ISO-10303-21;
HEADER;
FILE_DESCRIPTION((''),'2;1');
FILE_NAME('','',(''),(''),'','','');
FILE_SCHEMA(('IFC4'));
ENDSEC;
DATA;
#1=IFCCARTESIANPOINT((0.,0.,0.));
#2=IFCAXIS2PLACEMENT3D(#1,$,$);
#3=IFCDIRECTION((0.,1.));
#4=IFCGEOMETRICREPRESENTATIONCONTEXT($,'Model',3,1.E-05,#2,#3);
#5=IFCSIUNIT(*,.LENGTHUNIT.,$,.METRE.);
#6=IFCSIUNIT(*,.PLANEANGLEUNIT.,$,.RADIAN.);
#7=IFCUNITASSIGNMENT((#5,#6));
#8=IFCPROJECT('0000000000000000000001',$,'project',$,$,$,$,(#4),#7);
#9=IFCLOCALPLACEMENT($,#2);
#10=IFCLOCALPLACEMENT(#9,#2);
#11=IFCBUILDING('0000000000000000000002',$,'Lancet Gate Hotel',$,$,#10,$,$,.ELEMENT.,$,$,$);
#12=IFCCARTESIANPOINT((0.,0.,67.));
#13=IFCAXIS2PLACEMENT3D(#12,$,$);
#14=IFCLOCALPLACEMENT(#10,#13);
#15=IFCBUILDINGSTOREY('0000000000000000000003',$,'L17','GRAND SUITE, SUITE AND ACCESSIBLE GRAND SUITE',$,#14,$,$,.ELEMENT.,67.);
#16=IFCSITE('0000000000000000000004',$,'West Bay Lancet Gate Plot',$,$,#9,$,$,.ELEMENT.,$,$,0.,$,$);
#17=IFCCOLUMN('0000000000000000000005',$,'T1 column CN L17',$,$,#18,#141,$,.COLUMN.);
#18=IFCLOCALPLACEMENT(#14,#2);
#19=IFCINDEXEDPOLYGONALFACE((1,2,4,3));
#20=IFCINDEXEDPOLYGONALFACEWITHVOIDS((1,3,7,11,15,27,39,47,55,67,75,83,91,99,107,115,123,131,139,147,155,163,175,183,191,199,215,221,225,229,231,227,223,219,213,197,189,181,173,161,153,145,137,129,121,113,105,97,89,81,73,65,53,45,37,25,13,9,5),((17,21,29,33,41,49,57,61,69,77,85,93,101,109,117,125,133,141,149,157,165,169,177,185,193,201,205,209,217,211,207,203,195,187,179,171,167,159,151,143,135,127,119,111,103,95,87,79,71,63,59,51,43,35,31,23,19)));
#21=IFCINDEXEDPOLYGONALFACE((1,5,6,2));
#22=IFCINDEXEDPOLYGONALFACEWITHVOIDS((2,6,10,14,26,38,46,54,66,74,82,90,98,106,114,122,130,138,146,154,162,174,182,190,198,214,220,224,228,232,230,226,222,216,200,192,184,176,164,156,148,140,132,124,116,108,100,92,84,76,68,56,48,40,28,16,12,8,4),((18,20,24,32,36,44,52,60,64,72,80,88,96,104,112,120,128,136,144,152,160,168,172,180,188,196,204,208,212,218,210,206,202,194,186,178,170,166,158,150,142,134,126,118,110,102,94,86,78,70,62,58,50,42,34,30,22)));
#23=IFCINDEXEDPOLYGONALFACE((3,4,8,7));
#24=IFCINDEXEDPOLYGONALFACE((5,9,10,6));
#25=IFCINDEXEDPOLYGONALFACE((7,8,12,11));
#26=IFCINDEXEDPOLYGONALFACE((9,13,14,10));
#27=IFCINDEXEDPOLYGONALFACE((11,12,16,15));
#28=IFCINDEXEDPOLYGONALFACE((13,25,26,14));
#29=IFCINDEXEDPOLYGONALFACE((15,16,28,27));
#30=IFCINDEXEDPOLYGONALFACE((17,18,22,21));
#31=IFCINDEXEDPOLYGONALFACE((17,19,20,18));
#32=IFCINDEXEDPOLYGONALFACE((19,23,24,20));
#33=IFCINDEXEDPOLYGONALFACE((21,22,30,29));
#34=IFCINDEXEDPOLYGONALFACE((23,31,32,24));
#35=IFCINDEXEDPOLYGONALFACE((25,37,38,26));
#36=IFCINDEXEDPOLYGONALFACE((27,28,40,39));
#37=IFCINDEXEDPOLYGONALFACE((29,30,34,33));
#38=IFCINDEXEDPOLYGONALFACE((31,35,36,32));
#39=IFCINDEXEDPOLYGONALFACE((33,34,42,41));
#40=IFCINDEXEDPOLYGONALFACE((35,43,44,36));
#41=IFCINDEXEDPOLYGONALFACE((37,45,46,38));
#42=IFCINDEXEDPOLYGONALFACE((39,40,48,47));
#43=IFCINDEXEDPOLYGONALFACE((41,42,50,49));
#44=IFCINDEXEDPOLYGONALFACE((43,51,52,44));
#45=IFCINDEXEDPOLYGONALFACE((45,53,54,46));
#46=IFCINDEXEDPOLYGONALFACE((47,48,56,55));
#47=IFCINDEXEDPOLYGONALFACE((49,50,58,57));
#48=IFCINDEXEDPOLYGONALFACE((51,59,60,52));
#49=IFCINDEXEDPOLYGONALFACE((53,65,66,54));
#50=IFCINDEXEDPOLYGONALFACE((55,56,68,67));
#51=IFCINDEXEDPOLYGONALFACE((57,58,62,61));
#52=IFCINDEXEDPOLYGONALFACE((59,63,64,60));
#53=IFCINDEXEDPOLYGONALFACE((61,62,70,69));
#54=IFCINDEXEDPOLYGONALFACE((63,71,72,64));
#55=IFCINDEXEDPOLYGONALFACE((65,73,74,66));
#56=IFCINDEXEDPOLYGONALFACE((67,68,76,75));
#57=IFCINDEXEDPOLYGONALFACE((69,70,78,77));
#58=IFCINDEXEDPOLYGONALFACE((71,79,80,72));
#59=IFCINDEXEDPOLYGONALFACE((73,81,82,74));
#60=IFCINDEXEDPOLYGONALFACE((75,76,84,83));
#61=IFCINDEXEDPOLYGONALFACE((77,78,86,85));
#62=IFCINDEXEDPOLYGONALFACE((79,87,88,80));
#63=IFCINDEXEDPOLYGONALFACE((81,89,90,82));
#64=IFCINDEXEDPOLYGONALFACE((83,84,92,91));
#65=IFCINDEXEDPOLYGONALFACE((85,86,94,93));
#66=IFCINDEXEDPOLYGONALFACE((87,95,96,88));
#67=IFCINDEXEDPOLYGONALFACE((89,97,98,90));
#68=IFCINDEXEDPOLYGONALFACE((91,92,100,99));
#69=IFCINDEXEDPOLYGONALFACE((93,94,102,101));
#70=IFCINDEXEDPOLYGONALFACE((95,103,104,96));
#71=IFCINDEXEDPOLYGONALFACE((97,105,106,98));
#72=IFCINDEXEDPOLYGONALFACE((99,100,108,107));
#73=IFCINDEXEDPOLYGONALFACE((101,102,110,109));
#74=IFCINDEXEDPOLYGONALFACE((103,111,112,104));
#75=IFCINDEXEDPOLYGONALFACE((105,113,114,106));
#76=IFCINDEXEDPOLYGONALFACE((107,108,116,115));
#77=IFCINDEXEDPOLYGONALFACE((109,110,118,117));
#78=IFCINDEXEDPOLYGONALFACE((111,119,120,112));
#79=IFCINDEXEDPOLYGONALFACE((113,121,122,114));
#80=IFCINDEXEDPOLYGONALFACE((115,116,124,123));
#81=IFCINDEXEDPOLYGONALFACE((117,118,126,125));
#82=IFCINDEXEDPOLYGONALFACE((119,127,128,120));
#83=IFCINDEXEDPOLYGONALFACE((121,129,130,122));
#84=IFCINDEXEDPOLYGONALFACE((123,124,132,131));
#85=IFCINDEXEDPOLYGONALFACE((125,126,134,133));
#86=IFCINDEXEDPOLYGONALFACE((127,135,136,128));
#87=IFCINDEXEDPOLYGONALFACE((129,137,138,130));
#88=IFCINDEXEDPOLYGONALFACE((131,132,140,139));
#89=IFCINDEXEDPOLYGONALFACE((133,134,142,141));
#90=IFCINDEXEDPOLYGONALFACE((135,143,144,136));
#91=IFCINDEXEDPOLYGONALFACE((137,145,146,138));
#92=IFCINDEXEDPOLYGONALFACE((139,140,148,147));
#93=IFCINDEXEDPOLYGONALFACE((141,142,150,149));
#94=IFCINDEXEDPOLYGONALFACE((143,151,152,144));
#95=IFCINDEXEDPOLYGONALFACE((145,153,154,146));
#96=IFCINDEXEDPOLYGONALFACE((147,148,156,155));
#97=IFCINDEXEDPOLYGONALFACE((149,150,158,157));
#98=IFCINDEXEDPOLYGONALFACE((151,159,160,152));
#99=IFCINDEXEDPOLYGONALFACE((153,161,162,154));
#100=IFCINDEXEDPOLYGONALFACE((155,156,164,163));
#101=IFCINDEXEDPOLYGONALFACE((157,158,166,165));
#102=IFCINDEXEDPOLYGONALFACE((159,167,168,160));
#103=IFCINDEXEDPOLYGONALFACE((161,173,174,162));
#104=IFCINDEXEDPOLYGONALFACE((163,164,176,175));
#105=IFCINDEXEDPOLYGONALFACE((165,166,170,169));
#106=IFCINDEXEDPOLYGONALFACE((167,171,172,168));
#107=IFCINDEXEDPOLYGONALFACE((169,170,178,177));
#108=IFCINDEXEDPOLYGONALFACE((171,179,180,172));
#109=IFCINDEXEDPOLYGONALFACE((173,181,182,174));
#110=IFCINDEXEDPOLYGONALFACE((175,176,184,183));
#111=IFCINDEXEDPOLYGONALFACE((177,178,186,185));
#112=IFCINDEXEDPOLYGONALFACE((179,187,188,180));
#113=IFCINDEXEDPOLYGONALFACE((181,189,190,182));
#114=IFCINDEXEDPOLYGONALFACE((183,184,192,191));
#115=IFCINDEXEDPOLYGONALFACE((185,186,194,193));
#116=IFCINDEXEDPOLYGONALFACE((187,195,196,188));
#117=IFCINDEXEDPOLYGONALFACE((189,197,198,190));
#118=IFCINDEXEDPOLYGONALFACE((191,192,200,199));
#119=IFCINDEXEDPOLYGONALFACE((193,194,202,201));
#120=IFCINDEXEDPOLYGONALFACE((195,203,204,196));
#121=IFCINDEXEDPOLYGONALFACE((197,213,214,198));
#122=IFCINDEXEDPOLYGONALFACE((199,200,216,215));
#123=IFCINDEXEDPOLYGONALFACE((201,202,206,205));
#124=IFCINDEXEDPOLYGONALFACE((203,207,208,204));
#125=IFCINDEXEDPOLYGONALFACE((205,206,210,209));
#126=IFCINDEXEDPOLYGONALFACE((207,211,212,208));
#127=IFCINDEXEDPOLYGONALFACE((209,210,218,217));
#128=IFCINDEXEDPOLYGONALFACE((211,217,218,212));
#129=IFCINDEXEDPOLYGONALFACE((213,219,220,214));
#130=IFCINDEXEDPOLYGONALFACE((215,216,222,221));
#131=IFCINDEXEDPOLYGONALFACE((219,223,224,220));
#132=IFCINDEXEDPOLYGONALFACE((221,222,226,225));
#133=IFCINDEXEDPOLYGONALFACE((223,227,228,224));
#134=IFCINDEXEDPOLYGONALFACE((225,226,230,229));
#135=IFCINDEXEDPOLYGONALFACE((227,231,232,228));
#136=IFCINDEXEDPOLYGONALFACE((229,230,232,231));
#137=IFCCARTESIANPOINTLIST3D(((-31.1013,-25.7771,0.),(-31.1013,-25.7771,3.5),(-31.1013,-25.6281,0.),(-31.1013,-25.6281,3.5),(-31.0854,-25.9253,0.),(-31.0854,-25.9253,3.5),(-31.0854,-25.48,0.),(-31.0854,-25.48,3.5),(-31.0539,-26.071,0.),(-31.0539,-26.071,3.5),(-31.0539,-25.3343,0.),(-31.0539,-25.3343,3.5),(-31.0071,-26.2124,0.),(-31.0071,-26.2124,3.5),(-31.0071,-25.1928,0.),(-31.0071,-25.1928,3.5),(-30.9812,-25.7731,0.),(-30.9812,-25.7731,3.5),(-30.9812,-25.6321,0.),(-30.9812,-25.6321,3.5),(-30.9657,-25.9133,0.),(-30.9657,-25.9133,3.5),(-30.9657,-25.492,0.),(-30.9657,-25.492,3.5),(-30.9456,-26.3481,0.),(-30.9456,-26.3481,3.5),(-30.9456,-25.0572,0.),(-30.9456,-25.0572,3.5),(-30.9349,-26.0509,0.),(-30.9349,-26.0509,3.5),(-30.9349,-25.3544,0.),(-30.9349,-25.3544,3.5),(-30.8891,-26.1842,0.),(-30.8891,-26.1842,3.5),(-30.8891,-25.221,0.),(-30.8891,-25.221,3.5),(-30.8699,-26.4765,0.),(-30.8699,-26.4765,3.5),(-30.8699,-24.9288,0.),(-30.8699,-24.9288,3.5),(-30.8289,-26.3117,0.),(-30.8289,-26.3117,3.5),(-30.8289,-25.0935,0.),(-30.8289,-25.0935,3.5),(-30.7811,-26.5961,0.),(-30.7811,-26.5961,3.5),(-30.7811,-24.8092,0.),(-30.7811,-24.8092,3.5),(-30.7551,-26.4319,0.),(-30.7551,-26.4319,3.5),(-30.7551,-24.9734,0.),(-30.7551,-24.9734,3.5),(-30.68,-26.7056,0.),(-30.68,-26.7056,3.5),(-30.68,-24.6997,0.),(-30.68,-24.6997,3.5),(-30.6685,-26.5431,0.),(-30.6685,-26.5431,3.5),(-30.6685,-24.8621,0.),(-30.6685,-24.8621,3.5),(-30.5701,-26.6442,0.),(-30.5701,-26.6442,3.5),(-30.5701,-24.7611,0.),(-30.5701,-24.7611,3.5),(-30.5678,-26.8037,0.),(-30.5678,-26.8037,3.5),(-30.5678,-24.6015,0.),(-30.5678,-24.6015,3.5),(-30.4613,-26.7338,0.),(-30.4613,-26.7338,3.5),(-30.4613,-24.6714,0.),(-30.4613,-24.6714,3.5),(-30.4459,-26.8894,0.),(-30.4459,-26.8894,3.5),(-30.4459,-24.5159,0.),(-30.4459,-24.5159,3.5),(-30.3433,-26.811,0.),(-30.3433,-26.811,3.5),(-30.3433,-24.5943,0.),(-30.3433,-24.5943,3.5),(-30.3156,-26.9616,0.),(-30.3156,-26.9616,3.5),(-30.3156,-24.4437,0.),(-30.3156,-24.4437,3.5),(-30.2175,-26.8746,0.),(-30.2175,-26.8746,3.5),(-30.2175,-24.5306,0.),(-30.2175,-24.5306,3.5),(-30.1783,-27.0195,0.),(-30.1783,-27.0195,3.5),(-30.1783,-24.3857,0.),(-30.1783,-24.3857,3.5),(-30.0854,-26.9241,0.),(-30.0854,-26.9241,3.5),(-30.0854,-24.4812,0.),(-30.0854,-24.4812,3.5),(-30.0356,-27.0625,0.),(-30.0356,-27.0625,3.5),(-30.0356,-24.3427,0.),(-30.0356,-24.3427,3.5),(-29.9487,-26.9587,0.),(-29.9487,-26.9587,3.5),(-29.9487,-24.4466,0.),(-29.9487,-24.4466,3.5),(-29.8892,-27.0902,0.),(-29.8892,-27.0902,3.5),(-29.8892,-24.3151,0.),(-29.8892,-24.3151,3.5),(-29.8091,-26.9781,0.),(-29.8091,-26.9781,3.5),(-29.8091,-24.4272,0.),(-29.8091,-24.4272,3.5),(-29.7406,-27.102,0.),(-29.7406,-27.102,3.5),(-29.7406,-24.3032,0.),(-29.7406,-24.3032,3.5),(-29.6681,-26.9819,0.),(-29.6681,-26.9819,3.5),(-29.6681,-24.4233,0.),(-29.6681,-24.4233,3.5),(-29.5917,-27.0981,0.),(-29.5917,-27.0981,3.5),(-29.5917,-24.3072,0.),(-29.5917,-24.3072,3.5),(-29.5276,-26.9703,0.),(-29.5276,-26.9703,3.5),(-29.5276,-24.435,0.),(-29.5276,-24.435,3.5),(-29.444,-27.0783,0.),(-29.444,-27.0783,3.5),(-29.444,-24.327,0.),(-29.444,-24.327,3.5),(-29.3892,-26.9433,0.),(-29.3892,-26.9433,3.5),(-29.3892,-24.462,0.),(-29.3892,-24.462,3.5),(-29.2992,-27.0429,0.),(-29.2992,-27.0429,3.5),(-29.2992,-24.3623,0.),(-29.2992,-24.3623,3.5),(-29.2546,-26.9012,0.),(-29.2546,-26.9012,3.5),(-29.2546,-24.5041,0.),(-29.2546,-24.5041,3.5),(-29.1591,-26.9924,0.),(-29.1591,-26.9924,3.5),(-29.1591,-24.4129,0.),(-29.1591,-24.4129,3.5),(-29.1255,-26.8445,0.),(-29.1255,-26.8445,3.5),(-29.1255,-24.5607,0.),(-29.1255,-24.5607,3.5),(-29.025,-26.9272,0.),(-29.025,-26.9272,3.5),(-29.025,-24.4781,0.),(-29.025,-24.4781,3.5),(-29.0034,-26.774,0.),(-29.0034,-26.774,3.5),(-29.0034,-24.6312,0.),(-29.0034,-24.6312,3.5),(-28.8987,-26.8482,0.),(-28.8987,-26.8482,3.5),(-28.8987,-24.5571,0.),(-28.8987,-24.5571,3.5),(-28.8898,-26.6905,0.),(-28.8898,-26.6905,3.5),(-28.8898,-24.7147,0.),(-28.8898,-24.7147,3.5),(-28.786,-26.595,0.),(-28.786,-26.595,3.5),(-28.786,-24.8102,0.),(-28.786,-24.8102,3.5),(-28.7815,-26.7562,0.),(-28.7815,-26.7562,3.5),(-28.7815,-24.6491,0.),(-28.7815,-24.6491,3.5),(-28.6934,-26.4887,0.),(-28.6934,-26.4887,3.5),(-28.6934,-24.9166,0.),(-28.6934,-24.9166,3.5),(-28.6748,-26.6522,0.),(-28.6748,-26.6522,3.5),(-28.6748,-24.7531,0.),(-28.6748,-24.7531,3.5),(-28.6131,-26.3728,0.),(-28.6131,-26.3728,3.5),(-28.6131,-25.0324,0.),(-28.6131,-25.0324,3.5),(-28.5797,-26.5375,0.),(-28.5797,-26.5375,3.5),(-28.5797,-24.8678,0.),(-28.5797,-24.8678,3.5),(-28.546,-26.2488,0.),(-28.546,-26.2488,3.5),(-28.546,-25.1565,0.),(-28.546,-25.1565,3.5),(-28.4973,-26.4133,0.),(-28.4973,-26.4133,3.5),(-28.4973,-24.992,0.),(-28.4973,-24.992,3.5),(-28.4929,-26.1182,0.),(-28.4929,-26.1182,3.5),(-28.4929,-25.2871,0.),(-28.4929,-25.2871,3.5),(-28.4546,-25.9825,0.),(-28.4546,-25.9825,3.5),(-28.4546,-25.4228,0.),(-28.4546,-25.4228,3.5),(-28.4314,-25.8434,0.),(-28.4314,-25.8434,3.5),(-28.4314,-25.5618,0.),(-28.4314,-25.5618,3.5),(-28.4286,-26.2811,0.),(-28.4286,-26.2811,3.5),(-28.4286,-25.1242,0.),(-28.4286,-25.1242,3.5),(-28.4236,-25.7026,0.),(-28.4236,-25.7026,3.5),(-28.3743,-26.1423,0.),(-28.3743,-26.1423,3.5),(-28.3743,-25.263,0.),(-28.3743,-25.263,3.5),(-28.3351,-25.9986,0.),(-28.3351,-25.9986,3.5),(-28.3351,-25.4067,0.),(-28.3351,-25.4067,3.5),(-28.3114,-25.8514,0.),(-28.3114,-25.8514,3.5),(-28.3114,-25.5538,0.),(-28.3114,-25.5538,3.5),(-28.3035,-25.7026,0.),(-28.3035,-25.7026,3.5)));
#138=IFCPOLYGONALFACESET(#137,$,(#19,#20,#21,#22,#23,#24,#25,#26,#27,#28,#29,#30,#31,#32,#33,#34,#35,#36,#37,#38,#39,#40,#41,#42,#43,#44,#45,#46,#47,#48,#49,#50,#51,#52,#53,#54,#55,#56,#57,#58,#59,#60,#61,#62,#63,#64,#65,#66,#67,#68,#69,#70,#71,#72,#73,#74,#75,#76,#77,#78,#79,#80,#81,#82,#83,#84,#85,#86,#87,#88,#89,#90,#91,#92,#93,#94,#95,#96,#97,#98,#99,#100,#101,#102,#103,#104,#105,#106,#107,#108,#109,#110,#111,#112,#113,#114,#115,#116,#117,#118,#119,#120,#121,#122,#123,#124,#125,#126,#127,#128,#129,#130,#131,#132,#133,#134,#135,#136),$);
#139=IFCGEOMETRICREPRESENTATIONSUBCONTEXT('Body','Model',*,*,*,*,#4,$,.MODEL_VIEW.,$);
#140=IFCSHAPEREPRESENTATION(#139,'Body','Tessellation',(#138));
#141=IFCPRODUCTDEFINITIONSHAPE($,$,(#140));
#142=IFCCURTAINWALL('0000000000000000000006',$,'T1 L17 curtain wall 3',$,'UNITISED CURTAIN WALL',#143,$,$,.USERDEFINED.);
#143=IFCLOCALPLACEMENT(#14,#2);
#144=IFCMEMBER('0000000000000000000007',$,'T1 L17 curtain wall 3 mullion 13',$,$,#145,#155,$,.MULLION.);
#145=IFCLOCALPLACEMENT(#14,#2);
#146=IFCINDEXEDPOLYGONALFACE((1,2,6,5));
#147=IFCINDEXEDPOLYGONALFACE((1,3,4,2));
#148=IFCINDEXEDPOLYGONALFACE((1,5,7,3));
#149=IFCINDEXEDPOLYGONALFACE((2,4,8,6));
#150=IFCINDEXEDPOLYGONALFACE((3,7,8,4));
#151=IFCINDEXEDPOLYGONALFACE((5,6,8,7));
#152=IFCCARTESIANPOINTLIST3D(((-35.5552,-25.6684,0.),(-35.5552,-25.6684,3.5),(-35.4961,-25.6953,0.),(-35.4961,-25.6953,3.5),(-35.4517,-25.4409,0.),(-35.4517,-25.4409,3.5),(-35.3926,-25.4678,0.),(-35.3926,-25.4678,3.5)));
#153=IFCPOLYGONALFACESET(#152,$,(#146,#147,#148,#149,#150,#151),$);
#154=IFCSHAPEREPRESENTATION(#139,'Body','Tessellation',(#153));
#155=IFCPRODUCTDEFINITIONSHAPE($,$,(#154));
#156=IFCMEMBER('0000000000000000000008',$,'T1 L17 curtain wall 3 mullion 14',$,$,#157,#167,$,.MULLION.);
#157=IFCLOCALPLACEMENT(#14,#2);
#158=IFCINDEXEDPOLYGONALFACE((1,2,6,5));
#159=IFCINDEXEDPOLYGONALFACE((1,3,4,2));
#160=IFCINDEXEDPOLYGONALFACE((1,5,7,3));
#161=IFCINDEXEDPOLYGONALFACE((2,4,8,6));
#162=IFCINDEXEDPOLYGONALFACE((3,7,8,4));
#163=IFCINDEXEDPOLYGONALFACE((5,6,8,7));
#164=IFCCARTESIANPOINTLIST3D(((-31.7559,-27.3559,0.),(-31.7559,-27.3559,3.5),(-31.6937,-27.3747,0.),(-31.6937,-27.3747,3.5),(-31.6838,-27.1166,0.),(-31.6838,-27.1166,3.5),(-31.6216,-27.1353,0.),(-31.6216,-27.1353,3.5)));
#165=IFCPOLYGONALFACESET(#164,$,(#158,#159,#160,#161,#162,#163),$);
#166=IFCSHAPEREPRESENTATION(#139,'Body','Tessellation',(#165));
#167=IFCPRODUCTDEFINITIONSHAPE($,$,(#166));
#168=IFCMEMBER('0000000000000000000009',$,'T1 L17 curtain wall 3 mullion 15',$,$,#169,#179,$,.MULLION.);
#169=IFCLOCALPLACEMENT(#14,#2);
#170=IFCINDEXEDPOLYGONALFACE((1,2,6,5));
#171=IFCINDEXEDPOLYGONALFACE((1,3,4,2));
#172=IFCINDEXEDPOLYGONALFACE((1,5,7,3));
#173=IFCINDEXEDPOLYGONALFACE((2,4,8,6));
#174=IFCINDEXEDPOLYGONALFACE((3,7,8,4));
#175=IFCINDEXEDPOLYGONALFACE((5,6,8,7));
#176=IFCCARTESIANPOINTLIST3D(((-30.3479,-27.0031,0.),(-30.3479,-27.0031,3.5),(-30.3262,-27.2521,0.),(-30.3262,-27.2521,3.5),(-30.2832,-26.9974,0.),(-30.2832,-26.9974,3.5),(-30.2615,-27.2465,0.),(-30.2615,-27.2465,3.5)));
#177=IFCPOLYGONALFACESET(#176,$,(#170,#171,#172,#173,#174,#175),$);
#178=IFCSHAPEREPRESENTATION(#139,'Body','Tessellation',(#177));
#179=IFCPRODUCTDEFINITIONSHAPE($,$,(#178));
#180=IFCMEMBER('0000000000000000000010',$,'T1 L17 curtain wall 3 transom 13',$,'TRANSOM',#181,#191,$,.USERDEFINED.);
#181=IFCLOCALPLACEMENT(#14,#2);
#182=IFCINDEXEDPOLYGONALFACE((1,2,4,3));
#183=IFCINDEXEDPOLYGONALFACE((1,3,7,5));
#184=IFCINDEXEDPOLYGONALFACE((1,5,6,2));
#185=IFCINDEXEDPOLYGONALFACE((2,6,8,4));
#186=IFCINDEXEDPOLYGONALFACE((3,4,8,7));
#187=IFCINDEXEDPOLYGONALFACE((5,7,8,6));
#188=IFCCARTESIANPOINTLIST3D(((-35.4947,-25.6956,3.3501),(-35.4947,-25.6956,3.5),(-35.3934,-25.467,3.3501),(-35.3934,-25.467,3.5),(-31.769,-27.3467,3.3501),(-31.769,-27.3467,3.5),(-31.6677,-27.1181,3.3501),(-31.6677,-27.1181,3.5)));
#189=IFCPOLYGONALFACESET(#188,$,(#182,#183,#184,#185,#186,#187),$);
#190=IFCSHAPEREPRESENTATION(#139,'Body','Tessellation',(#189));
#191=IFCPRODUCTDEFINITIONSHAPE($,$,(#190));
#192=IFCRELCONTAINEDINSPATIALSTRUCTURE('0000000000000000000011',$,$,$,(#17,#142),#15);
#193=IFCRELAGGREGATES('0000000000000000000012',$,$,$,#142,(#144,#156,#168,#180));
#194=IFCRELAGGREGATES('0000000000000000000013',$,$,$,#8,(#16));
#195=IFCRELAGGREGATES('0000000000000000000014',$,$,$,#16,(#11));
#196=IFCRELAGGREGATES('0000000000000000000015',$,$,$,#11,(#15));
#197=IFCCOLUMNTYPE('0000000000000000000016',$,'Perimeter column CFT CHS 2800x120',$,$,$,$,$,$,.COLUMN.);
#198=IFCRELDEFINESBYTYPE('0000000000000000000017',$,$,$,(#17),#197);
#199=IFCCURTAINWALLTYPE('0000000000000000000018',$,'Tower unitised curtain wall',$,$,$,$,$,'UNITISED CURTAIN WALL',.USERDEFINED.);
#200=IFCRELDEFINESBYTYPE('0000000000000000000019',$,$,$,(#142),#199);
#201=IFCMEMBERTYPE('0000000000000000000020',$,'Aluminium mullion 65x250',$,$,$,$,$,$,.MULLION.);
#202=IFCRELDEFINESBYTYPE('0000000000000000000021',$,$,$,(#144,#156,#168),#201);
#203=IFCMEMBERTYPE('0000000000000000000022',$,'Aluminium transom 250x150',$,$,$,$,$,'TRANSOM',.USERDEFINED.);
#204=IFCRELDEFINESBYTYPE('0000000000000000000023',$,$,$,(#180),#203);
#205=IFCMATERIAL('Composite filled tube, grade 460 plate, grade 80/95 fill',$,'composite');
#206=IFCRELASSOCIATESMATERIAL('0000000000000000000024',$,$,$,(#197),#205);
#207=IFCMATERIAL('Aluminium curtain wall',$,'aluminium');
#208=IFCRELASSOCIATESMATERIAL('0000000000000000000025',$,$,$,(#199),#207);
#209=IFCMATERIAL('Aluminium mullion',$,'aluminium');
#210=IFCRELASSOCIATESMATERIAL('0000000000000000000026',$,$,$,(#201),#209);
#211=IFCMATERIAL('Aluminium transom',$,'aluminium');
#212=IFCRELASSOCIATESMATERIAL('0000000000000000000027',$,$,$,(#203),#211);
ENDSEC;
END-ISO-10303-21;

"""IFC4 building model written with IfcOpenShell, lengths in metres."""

from ifc_helpers import new_model, si_unit, direction, frame, origin, origin_2d, place, context, subcontext, project, spatial, rectangle, hollow_circle, extrude, material, material_profile, profile_set, type_object, element, aggregate, save


model = new_model("IFC4")

# Units and contexts
model_context = context("Model", 3, precision=1e-05, world=origin(), true_north=direction((0.0, 1.0)))
body_context = subcontext(model_context, "Body", "Model", "MODEL_VIEW")
ifc_project = project(units=[si_unit("LENGTHUNIT", "METRE"), si_unit("PLANEANGLEUNIT", "RADIAN")], contexts=[model_context])

# Site, building, storey
site_placement = place(None, origin())
site = spatial("IfcSite", under=ifc_project, at=site_placement, Name="West Bay Lancet Gate Plot", CompositionType="ELEMENT", RefElevation=0.0)
building_placement = place(site_placement, origin())
building = spatial("IfcBuilding", under=site, at=building_placement, Name="Lancet Gate Hotel", CompositionType="ELEMENT")
storey_placement = place(building_placement, frame((0.0, 0.0, 67.0)))
storey = spatial("IfcBuildingStorey", under=building, at=storey_placement, Name="L17", Description="GRAND SUITE, SUITE AND ACCESSIBLE GRAND SUITE", CompositionType="ELEMENT", Elevation=67.0)

# Column
ifc_material_1 = material(Name="Composite filled tube, grade 460 plate, grade 80/95 fill", Category="composite")
ifc_material_profile_1 = material_profile(ifc_material_1, hollow_circle(Radius=1.3999, WallThickness=0.1201, at=origin_2d()), Name="CHS 2800x120")
ifc_profile_set_1 = profile_set([ifc_material_profile_1], Name="Composite filled tube, grade 460 plate, grade 80/95 fill")
column_type = type_object("IfcColumnType", Name="Perimeter column CFT CHS 2800x120", PredefinedType="COLUMN", material=ifc_profile_set_1)
column_placement = place(storey_placement, frame((-29.7034, -25.7026, 0.0), z_axis=(0.0, 0.0, 1.0), x_axis=(1.0, 0.0, 0.0)))
element("IfcColumn", 1, at=column_placement, inside=storey, type_object=column_type, Name="T1 column CN L17", PredefinedType="COLUMN", context=body_context, shape_type="SweptSolid", body=[
    extrude(hollow_circle(Radius=1.3999, WallThickness=0.1201, at=origin_2d()), origin(), (0.0, 0.0, 1.0), 3.5),
])

# Curtain wall, members
ifc_material_2 = material(Name="Aluminium curtain wall", Category="aluminium")
curtain_wall_type = type_object("IfcCurtainWallType", Name="Tower unitised curtain wall", ElementType="UNITISED CURTAIN WALL", PredefinedType="USERDEFINED", material=ifc_material_2)
curtain_wall_placement = place(storey_placement, origin())
curtain_wall = element("IfcCurtainWall", 2, at=curtain_wall_placement, inside=storey, type_object=curtain_wall_type, Name="T1 L17 curtain wall 3", ObjectType="UNITISED CURTAIN WALL", PredefinedType="USERDEFINED")
ifc_material_3 = material(Name="Aluminium mullion", Category="aluminium")
ifc_material_profile_2 = material_profile(ifc_material_3, rectangle(XDim=0.0649, YDim=0.25, at=origin_2d()), Name="MULLION 65x250")
ifc_profile_set_2 = profile_set([ifc_material_profile_2], Name="Aluminium mullion")
member_type_1 = type_object("IfcMemberType", Name="Aluminium mullion 65x250", PredefinedType="MULLION", material=ifc_profile_set_2)
member_1_placement = place(storey_placement, frame((-35.4739, -25.5681, 0.0), z_axis=(0.0, 0.0, 1.0), x_axis=(0.91022, -0.414126, 0.0)))
member_1 = element("IfcMember", 3, at=member_1_placement, type_object=member_type_1, Name="T1 L17 curtain wall 3 mullion 13", PredefinedType="MULLION", context=body_context, shape_type="SweptSolid", body=[
    extrude(rectangle(XDim=0.0649, YDim=0.25, at=origin_2d()), origin(), (0.0, 0.0, 1.0), 3.5),
])
member_2_placement = place(storey_placement, frame((-31.6887, -27.2456, 0.0), z_axis=(0.0, 0.0, 1.0), x_axis=(0.957524, -0.288352, 0.0)))
member_2 = element("IfcMember", 4, at=member_2_placement, type_object=member_type_1, Name="T1 L17 curtain wall 3 mullion 14", PredefinedType="MULLION", context=body_context, shape_type="SweptSolid", body=[
    extrude(rectangle(XDim=0.0649, YDim=0.25, at=origin_2d()), origin(), (0.0, 0.0, 1.0), 3.5),
])
member_3_placement = place(storey_placement, frame((-30.3047, -27.1248, 0.0), z_axis=(0.0, 0.0, 1.0), x_axis=(0.996204, 0.087052, 0.0)))
member_3 = element("IfcMember", 5, at=member_3_placement, type_object=member_type_1, Name="T1 L17 curtain wall 3 mullion 15", PredefinedType="MULLION", context=body_context, shape_type="SweptSolid", body=[
    extrude(rectangle(XDim=0.0649, YDim=0.25, at=origin_2d()), origin(), (0.0, 0.0, 1.0), 3.5),
])
ifc_material_4 = material(Name="Aluminium transom", Category="aluminium")
ifc_material_profile_3 = material_profile(ifc_material_4, rectangle(XDim=0.25, YDim=0.1499, at=origin_2d()), Name="TRANSOM 250x150")
ifc_profile_set_3 = profile_set([ifc_material_profile_3], Name="Aluminium transom")
member_type_2 = type_object("IfcMemberType", Name="Aluminium transom 250x150", ElementType="TRANSOM", PredefinedType="USERDEFINED", material=ifc_profile_set_3)
member_4_placement = place(storey_placement, frame((-35.4441, -25.5813, 3.425), z_axis=(0.914248, -0.405154, 0.0), x_axis=(0.405154, 0.914248, 0.0)))
member_4 = element("IfcMember", 6, at=member_4_placement, type_object=member_type_2, Name="T1 L17 curtain wall 3 transom 13", ObjectType="TRANSOM", PredefinedType="USERDEFINED", context=body_context, shape_type="SweptSolid", body=[
    extrude(rectangle(XDim=0.25, YDim=0.1499, at=origin_2d()), origin(), (0.0, 0.0, 1.0), 4.0752),
])

aggregate(curtain_wall, [member_1, member_2, member_3, member_4])

save(model, "model.ifc")
